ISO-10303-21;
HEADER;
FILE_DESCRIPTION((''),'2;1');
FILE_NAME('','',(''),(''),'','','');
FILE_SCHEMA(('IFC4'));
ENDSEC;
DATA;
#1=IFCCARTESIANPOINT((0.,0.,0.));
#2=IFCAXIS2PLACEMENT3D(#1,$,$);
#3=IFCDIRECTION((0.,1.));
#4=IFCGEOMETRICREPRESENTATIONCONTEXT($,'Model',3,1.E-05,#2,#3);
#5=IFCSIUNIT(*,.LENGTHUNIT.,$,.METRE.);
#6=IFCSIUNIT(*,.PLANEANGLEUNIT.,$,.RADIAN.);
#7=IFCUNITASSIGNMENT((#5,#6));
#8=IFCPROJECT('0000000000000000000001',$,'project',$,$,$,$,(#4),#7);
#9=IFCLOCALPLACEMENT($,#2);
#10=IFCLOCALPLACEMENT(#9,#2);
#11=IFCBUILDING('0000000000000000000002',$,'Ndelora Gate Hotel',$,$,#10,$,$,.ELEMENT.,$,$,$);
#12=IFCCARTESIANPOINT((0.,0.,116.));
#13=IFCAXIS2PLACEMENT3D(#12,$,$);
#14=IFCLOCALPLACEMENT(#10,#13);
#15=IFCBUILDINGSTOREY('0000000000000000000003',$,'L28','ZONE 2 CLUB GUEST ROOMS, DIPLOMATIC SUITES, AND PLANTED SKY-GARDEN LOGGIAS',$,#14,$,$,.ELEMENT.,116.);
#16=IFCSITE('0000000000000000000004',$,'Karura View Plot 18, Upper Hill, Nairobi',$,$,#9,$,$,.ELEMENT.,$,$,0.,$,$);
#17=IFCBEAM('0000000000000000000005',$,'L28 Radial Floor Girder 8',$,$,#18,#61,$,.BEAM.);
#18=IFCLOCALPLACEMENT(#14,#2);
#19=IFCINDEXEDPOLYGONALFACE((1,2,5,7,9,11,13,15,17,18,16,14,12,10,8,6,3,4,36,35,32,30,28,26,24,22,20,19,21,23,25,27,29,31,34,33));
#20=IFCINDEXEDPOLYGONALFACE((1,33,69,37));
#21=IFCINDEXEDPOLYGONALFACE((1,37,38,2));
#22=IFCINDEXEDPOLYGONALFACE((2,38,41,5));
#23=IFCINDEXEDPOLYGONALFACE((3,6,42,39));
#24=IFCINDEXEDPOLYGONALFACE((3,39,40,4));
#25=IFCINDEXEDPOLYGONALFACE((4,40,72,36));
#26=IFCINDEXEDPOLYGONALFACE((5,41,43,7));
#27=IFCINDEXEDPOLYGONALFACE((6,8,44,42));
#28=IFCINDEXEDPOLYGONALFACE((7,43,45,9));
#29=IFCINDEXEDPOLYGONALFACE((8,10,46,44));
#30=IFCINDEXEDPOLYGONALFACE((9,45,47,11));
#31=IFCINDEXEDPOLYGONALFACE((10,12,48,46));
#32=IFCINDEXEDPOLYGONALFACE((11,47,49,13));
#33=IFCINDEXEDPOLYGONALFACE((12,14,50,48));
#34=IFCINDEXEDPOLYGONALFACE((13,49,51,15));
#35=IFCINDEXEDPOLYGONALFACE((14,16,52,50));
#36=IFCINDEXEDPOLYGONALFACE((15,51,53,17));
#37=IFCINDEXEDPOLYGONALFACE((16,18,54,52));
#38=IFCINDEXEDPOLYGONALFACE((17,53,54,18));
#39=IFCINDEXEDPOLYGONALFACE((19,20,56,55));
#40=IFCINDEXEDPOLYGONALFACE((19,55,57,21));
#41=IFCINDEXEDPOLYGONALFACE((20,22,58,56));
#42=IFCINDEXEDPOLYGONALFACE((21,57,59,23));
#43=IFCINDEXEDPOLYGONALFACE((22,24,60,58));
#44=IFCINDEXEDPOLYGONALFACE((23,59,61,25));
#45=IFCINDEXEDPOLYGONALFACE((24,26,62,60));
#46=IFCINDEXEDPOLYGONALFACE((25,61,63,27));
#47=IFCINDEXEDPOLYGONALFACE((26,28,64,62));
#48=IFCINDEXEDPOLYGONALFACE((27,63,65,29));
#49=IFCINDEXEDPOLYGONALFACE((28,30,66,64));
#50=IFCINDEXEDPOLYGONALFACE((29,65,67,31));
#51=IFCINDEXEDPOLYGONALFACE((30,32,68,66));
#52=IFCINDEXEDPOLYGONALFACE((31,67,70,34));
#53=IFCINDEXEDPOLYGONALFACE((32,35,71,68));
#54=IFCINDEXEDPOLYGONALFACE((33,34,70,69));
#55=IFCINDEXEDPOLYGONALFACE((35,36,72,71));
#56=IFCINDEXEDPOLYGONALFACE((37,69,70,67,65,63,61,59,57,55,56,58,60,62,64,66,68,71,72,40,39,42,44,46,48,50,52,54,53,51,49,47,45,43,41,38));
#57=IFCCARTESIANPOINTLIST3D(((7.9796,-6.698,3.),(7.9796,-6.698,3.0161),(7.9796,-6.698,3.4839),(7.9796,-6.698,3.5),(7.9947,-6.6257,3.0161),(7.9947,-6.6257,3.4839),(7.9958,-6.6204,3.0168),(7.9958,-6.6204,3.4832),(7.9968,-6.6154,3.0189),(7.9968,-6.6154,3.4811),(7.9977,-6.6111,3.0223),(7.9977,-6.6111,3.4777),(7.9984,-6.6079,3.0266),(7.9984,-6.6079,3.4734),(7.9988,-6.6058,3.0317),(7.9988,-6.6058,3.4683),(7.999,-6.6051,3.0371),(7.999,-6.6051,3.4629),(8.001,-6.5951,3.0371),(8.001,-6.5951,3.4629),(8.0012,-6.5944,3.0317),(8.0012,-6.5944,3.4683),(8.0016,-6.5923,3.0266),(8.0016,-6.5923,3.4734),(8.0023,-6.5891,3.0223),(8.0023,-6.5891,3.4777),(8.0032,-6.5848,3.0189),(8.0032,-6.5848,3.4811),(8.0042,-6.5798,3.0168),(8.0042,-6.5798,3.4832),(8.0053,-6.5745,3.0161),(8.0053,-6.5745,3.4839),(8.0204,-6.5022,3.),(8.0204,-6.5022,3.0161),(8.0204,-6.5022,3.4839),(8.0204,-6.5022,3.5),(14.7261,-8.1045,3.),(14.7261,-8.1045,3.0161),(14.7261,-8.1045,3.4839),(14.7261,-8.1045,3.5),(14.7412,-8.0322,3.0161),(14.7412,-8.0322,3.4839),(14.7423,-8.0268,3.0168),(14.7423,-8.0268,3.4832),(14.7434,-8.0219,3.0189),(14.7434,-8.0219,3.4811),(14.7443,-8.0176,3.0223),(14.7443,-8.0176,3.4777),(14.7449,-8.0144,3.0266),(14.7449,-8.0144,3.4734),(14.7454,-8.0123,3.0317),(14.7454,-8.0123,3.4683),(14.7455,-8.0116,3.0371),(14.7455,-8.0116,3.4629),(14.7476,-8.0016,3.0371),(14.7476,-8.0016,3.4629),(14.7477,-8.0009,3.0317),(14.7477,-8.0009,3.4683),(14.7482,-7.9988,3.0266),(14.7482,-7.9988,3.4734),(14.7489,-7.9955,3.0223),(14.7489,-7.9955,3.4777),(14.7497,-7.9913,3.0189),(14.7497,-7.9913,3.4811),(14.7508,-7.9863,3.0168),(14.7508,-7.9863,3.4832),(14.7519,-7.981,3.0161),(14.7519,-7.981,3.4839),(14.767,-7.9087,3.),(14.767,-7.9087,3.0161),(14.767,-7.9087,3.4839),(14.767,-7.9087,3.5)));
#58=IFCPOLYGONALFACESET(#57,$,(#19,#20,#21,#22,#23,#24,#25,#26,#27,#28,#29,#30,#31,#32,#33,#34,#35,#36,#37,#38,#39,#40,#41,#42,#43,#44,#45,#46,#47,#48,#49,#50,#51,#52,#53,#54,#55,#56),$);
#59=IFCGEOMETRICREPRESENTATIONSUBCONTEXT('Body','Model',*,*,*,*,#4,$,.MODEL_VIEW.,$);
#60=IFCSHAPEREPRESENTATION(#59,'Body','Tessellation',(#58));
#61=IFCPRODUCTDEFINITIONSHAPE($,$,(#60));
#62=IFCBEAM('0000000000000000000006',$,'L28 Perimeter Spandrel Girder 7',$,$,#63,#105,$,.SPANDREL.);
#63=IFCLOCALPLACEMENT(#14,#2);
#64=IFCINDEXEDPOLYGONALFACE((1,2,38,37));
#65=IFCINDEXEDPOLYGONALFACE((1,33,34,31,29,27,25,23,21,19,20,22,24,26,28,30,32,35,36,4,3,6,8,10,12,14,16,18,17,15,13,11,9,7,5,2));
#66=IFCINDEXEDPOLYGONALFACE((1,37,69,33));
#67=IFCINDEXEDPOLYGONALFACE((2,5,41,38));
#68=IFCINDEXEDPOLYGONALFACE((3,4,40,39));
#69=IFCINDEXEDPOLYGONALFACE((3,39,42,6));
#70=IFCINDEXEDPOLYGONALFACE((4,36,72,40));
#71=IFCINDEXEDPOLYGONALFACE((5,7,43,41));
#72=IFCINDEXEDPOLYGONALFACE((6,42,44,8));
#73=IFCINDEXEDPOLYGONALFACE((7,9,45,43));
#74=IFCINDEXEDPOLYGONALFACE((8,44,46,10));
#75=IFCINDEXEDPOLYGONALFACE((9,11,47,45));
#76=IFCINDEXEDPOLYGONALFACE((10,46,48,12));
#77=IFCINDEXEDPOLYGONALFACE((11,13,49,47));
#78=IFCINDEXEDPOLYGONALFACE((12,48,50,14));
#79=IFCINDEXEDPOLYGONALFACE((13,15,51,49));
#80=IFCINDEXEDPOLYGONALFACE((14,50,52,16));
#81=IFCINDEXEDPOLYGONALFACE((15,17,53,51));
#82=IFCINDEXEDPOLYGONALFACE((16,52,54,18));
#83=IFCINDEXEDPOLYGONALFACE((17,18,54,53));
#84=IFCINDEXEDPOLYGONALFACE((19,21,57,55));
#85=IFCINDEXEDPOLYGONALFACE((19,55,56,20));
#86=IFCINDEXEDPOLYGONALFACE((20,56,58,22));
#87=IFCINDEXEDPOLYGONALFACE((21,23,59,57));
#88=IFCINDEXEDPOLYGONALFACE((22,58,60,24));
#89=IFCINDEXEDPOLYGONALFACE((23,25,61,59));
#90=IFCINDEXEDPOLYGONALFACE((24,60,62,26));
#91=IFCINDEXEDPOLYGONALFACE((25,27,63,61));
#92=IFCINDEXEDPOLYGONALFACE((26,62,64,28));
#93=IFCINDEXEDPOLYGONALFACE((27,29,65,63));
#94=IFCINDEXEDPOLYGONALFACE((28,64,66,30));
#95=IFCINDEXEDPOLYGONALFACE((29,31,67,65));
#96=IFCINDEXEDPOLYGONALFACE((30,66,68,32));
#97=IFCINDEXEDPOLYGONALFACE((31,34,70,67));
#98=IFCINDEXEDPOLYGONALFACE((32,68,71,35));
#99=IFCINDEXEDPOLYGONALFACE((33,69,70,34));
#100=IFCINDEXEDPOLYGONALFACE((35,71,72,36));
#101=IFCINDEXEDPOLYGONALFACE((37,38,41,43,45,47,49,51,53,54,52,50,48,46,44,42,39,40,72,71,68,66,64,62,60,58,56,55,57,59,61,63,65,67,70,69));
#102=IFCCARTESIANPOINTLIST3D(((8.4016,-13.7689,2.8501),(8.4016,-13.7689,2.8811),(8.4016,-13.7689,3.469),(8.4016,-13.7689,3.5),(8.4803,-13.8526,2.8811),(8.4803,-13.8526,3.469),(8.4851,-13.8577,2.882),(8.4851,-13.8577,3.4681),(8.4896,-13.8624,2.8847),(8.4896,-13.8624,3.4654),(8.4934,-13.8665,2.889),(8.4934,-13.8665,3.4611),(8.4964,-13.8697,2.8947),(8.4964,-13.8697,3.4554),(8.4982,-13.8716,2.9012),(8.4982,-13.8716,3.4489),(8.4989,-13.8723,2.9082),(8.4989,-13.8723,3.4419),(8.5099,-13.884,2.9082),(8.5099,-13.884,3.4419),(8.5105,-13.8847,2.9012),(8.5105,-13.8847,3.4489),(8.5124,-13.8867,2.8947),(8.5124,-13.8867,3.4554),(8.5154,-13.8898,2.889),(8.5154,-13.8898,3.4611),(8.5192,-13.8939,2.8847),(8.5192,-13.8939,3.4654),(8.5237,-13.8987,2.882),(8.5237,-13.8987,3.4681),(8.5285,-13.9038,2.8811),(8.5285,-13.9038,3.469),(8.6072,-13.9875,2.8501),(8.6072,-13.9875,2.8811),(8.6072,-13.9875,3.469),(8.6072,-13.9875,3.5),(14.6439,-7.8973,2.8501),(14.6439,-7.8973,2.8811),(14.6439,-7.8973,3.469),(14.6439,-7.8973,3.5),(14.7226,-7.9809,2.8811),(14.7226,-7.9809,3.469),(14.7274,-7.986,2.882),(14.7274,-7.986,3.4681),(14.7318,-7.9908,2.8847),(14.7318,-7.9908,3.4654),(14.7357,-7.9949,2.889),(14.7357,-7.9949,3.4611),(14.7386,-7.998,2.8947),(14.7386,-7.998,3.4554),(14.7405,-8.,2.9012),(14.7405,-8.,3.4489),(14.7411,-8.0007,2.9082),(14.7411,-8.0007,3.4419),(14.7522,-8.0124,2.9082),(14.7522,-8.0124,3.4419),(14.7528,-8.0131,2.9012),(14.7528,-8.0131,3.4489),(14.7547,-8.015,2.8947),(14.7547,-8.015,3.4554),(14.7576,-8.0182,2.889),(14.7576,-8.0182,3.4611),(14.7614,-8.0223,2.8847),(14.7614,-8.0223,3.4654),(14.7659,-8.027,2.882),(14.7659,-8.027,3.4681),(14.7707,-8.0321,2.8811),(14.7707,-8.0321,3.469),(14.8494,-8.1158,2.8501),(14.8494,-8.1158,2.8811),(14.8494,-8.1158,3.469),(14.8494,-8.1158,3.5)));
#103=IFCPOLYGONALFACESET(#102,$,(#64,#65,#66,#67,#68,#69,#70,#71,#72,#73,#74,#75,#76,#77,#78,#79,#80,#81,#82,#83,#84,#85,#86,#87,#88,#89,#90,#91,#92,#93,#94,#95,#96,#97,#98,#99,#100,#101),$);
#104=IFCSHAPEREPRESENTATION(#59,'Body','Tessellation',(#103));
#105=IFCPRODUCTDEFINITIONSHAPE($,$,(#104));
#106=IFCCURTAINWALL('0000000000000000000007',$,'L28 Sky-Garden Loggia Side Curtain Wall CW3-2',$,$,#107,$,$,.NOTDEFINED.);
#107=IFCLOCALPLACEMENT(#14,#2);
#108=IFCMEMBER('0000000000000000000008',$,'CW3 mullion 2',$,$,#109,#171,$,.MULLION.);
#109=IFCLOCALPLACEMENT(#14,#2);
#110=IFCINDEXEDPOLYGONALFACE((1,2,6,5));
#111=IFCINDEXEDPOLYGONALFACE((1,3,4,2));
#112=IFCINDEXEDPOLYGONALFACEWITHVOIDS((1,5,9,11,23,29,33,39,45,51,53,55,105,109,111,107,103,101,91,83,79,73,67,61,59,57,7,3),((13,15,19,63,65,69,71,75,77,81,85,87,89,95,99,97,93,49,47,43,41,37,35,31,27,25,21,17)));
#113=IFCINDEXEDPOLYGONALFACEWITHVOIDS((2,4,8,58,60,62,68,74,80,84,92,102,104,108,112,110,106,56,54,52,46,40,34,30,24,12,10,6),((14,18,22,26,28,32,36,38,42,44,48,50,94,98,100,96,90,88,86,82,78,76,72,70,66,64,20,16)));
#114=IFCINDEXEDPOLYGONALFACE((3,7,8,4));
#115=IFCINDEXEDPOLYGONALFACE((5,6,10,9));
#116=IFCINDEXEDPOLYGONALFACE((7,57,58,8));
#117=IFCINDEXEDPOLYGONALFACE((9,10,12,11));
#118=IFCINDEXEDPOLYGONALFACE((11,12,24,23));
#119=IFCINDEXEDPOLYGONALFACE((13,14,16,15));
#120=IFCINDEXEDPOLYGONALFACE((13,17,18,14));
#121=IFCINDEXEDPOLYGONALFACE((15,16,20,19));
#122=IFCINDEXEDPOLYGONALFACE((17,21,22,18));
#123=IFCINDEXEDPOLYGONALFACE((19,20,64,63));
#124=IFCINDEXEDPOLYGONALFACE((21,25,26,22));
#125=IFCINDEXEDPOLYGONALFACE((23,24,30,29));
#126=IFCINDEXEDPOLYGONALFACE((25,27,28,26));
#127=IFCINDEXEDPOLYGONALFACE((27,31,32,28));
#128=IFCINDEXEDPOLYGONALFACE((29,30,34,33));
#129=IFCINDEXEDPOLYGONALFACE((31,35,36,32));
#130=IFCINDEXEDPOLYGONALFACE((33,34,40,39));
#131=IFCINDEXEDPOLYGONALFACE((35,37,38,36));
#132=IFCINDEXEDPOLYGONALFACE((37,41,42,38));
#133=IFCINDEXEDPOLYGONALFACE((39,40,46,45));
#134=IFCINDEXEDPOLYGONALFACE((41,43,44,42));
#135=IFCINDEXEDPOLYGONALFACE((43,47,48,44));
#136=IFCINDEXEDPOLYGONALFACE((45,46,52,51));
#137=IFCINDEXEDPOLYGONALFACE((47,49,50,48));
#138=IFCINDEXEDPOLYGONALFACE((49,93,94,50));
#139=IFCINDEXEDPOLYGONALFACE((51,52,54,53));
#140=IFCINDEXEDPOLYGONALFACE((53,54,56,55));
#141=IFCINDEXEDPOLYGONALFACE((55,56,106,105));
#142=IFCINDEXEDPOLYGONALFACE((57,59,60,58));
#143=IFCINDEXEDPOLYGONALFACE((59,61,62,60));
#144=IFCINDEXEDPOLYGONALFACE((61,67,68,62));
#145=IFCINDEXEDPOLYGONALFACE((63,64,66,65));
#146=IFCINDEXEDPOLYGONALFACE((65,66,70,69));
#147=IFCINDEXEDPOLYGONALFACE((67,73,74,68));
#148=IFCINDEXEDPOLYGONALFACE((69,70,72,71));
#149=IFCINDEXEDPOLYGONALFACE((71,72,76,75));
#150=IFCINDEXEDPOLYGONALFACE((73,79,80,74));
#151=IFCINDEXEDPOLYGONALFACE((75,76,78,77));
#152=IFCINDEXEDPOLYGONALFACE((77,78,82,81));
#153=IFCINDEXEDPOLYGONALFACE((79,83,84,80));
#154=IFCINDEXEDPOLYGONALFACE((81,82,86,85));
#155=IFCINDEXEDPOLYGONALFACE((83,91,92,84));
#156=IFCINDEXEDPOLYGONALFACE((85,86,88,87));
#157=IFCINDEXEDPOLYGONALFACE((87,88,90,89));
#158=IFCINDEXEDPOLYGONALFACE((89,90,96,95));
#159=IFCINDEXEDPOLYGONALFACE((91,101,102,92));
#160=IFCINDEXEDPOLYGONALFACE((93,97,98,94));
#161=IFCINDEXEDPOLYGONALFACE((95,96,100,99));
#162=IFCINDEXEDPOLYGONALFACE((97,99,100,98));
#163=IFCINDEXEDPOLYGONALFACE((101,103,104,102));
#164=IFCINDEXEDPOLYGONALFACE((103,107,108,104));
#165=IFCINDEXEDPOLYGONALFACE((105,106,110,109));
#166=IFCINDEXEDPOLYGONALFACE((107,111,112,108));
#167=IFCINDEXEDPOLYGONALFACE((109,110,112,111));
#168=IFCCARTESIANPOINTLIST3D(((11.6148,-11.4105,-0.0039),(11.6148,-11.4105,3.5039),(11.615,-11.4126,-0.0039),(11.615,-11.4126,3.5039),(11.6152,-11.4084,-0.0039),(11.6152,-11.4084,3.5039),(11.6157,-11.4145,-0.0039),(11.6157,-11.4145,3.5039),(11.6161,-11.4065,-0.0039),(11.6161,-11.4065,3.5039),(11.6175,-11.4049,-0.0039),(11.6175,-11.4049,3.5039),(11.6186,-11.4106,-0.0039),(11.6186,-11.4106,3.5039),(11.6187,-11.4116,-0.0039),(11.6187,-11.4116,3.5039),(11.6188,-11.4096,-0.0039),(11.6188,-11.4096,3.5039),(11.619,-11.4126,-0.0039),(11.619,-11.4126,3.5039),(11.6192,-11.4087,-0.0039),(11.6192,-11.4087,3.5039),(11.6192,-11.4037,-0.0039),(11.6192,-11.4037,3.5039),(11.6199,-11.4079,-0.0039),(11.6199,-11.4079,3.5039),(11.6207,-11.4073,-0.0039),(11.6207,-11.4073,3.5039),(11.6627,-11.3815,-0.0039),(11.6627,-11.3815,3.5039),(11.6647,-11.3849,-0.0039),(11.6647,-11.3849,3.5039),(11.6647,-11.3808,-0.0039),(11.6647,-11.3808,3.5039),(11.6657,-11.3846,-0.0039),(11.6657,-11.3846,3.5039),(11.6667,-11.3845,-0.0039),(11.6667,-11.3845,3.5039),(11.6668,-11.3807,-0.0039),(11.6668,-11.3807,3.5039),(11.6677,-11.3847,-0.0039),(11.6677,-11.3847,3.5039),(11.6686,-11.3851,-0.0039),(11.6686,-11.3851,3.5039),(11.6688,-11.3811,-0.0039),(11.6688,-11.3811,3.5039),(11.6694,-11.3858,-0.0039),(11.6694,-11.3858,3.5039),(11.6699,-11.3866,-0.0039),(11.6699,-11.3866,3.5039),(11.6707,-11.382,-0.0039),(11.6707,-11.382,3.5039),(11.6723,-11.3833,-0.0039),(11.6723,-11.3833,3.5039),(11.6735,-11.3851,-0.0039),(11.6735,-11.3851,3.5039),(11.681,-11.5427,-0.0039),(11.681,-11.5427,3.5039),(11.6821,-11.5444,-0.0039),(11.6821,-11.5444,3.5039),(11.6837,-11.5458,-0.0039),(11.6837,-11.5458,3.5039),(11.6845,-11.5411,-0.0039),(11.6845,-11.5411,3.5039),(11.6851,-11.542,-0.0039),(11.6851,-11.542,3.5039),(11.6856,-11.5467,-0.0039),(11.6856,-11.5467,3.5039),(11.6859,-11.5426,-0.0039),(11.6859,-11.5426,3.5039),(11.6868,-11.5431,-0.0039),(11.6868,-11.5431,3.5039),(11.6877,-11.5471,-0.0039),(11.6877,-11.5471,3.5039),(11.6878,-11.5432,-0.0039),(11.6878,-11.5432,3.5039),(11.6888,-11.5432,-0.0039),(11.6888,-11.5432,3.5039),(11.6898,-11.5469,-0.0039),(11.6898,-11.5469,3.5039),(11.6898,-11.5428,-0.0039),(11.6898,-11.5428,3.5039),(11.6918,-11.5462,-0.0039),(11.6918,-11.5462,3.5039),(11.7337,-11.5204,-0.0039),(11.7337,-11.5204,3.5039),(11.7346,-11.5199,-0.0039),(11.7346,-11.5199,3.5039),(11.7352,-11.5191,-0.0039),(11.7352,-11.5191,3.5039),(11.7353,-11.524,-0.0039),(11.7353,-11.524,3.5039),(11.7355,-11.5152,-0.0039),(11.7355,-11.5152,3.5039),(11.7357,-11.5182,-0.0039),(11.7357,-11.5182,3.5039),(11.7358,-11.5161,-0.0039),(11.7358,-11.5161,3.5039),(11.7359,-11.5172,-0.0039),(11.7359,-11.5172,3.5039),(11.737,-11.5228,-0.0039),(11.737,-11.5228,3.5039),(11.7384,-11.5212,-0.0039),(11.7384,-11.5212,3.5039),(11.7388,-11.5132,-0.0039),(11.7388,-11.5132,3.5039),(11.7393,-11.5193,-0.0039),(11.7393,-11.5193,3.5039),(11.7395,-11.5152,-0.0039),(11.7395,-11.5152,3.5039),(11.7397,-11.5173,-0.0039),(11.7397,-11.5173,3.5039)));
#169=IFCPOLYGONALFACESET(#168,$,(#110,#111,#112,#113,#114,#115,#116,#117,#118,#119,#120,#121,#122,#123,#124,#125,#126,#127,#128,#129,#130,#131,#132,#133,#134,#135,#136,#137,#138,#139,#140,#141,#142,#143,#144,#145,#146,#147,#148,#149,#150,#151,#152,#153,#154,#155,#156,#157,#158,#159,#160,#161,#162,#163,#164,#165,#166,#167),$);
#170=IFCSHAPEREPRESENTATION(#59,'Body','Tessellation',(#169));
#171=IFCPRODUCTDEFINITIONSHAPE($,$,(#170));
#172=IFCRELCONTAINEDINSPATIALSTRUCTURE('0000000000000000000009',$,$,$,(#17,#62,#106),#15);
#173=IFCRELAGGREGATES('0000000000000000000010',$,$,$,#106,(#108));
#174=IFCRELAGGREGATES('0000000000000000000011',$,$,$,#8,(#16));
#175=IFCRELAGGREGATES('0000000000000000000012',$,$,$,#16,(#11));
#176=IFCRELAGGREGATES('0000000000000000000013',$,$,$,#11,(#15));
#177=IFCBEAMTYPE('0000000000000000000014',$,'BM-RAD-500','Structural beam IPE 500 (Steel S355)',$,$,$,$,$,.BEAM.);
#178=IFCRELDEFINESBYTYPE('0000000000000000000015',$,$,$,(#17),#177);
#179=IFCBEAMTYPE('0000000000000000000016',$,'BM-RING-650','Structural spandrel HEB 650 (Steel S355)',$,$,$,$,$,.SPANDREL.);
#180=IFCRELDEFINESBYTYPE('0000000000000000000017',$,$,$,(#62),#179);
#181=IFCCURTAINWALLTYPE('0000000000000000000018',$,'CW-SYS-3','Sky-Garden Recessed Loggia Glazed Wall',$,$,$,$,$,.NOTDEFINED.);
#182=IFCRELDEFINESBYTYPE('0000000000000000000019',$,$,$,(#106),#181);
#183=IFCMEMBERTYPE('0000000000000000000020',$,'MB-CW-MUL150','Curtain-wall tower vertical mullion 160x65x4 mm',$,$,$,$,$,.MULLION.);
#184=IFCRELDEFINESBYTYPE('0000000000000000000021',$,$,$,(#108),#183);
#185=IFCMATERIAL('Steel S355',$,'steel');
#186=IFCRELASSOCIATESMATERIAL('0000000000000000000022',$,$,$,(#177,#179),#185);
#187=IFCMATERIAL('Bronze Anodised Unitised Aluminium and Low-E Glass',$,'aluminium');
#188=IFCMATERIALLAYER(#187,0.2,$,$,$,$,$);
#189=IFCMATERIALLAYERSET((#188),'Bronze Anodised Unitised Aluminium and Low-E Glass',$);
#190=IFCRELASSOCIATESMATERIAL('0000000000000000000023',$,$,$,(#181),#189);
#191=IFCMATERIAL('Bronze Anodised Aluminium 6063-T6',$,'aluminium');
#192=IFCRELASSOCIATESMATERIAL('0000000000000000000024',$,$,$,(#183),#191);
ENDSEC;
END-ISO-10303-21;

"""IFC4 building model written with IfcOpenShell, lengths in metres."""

from ifc_helpers import new_model, si_unit, direction, frame, origin, origin_2d, place, context, subcontext, project, spatial, hollow_rectangle, i_section, extrude, material, layer, layer_set, material_profile, profile_set, type_object, element, aggregate, save


model = new_model("IFC4")

# Units and contexts
model_context = context("Model", 3, precision=1e-05, world=origin(), true_north=direction((0.0, 1.0)))
body_context = subcontext(model_context, "Body", "Model", "MODEL_VIEW")
ifc_project = project(units=[si_unit("LENGTHUNIT", "METRE"), si_unit("PLANEANGLEUNIT", "RADIAN")], contexts=[model_context])

# Site, building, storey
site_placement = place(None, origin())
site = spatial("IfcSite", under=ifc_project, at=site_placement, Name="Karura View Plot 18, Upper Hill, Nairobi", CompositionType="ELEMENT", RefElevation=0.0)
building_placement = place(site_placement, origin())
building = spatial("IfcBuilding", under=site, at=building_placement, Name="Ndelora Gate Hotel", CompositionType="ELEMENT")
storey_placement = place(building_placement, frame((0.0, 0.0, 116.0)))
storey = spatial("IfcBuildingStorey", under=building, at=storey_placement, Name="L28", Description="ZONE 2 CLUB GUEST ROOMS, DIPLOMATIC SUITES, AND PLANTED SKY-GARDEN LOGGIAS", CompositionType="ELEMENT", Elevation=116.0)

# Beams
ifc_material_1 = material(Name="Steel S355", Category="steel")
ifc_material_profile_1 = material_profile(ifc_material_1, i_section(OverallWidth=0.2, OverallDepth=0.5, WebThickness=0.0103, FlangeThickness=0.0161, FilletRadius=0.021, at=origin_2d()), Name="IPE 500")
ifc_profile_set_1 = profile_set([ifc_material_profile_1], Name="Steel S355")
beam_type_1 = type_object("IfcBeamType", Name="BM-RAD-500", Description="Structural beam IPE 500 (Steel S355)", PredefinedType="BEAM", material=ifc_profile_set_1)
beam_1_placement = place(storey_placement, frame((8.0, -6.6001, 3.25), z_axis=(0.978953, -0.204087, 0.0), x_axis=(0.204087, 0.978953, 0.0)))
element("IfcBeam", 1, at=beam_1_placement, inside=storey, type_object=beam_type_1, Name="L28 Radial Floor Girder 8", PredefinedType="BEAM", context=body_context, shape_type="SweptSolid", body=[
    extrude(i_section(OverallWidth=0.2, OverallDepth=0.5, WebThickness=0.0103, FlangeThickness=0.0161, FilletRadius=0.021, at=origin_2d()), origin(), (0.0, 0.0, 1.0), 6.8916),
])
ifc_material_profile_2 = material_profile(ifc_material_1, i_section(OverallWidth=0.3, OverallDepth=0.6499, WebThickness=0.0161, FlangeThickness=0.031, FilletRadius=0.0271, at=origin_2d()), Name="HEB 650")
ifc_profile_set_2 = profile_set([ifc_material_profile_2], Name="Steel S355")
beam_type_2 = type_object("IfcBeamType", Name="BM-RING-650", Description="Structural spandrel HEB 650 (Steel S355)", PredefinedType="SPANDREL", material=ifc_profile_set_2)
beam_2_placement = place(storey_placement, frame((8.5044, -13.8782, 3.175), z_axis=(0.728399, 0.685153, 0.0), x_axis=(-0.685153, 0.728399, 0.0)))
element("IfcBeam", 2, at=beam_2_placement, inside=storey, type_object=beam_type_2, Name="L28 Perimeter Spandrel Girder 7", PredefinedType="SPANDREL", context=body_context, shape_type="SweptSolid", body=[
    extrude(i_section(OverallWidth=0.3, OverallDepth=0.6499, WebThickness=0.0161, FlangeThickness=0.031, FilletRadius=0.0271, at=origin_2d()), origin(), (0.0, 0.0, 1.0), 8.5698),
])

# Curtain wall, member
ifc_material_2 = material(Name="Bronze Anodised Unitised Aluminium and Low-E Glass", Category="aluminium")
ifc_layer_1 = layer(ifc_material_2, 0.2)
ifc_layer_set_1 = layer_set([ifc_layer_1], Name="Bronze Anodised Unitised Aluminium and Low-E Glass")
curtain_wall_type = type_object("IfcCurtainWallType", Name="CW-SYS-3", Description="Sky-Garden Recessed Loggia Glazed Wall", PredefinedType="NOTDEFINED", material=ifc_layer_set_1)
curtain_wall_placement = place(storey_placement, origin())
curtain_wall = element("IfcCurtainWall", 3, at=curtain_wall_placement, inside=storey, type_object=curtain_wall_type, Name="L28 Sky-Garden Loggia Side Curtain Wall CW3-2", PredefinedType="NOTDEFINED")
ifc_material_3 = material(Name="Bronze Anodised Aluminium 6063-T6", Category="aluminium")
ifc_material_profile_3 = material_profile(ifc_material_3, hollow_rectangle(XDim=0.0649, YDim=0.1599, WallThickness=0.0039, InnerFilletRadius=0.0039, OuterFilletRadius=0.0081, at=origin_2d()), Name="ALU 160x65x4")
ifc_profile_set_3 = profile_set([ifc_material_profile_3], Name="Bronze Anodised Aluminium 6063-T6")
member_type_1 = type_object("IfcMemberType", Name="MB-CW-MUL150", Description="Curtain-wall tower vertical mullion 160x65x4 mm", PredefinedType="MULLION", material=ifc_profile_set_3)
member_1_placement = place(storey_placement, frame((11.6772, -11.4639, -0.0039), z_axis=(0.0, 0.0, 1.0), x_axis=(-0.891001, -0.454001, 0.0)))
member_1 = element("IfcMember", 4, at=member_1_placement, type_object=member_type_1, Name="CW3 mullion 2", PredefinedType="MULLION", context=body_context, shape_type="SweptSolid", body=[
    extrude(hollow_rectangle(XDim=0.0649, YDim=0.1599, WallThickness=0.0039, InnerFilletRadius=0.0039, OuterFilletRadius=0.0081, at=origin_2d()), origin(), (0.0, 0.0, 1.0), 3.5078),
])
aggregate(curtain_wall, [member_1])

save(model, "model.ifc")
